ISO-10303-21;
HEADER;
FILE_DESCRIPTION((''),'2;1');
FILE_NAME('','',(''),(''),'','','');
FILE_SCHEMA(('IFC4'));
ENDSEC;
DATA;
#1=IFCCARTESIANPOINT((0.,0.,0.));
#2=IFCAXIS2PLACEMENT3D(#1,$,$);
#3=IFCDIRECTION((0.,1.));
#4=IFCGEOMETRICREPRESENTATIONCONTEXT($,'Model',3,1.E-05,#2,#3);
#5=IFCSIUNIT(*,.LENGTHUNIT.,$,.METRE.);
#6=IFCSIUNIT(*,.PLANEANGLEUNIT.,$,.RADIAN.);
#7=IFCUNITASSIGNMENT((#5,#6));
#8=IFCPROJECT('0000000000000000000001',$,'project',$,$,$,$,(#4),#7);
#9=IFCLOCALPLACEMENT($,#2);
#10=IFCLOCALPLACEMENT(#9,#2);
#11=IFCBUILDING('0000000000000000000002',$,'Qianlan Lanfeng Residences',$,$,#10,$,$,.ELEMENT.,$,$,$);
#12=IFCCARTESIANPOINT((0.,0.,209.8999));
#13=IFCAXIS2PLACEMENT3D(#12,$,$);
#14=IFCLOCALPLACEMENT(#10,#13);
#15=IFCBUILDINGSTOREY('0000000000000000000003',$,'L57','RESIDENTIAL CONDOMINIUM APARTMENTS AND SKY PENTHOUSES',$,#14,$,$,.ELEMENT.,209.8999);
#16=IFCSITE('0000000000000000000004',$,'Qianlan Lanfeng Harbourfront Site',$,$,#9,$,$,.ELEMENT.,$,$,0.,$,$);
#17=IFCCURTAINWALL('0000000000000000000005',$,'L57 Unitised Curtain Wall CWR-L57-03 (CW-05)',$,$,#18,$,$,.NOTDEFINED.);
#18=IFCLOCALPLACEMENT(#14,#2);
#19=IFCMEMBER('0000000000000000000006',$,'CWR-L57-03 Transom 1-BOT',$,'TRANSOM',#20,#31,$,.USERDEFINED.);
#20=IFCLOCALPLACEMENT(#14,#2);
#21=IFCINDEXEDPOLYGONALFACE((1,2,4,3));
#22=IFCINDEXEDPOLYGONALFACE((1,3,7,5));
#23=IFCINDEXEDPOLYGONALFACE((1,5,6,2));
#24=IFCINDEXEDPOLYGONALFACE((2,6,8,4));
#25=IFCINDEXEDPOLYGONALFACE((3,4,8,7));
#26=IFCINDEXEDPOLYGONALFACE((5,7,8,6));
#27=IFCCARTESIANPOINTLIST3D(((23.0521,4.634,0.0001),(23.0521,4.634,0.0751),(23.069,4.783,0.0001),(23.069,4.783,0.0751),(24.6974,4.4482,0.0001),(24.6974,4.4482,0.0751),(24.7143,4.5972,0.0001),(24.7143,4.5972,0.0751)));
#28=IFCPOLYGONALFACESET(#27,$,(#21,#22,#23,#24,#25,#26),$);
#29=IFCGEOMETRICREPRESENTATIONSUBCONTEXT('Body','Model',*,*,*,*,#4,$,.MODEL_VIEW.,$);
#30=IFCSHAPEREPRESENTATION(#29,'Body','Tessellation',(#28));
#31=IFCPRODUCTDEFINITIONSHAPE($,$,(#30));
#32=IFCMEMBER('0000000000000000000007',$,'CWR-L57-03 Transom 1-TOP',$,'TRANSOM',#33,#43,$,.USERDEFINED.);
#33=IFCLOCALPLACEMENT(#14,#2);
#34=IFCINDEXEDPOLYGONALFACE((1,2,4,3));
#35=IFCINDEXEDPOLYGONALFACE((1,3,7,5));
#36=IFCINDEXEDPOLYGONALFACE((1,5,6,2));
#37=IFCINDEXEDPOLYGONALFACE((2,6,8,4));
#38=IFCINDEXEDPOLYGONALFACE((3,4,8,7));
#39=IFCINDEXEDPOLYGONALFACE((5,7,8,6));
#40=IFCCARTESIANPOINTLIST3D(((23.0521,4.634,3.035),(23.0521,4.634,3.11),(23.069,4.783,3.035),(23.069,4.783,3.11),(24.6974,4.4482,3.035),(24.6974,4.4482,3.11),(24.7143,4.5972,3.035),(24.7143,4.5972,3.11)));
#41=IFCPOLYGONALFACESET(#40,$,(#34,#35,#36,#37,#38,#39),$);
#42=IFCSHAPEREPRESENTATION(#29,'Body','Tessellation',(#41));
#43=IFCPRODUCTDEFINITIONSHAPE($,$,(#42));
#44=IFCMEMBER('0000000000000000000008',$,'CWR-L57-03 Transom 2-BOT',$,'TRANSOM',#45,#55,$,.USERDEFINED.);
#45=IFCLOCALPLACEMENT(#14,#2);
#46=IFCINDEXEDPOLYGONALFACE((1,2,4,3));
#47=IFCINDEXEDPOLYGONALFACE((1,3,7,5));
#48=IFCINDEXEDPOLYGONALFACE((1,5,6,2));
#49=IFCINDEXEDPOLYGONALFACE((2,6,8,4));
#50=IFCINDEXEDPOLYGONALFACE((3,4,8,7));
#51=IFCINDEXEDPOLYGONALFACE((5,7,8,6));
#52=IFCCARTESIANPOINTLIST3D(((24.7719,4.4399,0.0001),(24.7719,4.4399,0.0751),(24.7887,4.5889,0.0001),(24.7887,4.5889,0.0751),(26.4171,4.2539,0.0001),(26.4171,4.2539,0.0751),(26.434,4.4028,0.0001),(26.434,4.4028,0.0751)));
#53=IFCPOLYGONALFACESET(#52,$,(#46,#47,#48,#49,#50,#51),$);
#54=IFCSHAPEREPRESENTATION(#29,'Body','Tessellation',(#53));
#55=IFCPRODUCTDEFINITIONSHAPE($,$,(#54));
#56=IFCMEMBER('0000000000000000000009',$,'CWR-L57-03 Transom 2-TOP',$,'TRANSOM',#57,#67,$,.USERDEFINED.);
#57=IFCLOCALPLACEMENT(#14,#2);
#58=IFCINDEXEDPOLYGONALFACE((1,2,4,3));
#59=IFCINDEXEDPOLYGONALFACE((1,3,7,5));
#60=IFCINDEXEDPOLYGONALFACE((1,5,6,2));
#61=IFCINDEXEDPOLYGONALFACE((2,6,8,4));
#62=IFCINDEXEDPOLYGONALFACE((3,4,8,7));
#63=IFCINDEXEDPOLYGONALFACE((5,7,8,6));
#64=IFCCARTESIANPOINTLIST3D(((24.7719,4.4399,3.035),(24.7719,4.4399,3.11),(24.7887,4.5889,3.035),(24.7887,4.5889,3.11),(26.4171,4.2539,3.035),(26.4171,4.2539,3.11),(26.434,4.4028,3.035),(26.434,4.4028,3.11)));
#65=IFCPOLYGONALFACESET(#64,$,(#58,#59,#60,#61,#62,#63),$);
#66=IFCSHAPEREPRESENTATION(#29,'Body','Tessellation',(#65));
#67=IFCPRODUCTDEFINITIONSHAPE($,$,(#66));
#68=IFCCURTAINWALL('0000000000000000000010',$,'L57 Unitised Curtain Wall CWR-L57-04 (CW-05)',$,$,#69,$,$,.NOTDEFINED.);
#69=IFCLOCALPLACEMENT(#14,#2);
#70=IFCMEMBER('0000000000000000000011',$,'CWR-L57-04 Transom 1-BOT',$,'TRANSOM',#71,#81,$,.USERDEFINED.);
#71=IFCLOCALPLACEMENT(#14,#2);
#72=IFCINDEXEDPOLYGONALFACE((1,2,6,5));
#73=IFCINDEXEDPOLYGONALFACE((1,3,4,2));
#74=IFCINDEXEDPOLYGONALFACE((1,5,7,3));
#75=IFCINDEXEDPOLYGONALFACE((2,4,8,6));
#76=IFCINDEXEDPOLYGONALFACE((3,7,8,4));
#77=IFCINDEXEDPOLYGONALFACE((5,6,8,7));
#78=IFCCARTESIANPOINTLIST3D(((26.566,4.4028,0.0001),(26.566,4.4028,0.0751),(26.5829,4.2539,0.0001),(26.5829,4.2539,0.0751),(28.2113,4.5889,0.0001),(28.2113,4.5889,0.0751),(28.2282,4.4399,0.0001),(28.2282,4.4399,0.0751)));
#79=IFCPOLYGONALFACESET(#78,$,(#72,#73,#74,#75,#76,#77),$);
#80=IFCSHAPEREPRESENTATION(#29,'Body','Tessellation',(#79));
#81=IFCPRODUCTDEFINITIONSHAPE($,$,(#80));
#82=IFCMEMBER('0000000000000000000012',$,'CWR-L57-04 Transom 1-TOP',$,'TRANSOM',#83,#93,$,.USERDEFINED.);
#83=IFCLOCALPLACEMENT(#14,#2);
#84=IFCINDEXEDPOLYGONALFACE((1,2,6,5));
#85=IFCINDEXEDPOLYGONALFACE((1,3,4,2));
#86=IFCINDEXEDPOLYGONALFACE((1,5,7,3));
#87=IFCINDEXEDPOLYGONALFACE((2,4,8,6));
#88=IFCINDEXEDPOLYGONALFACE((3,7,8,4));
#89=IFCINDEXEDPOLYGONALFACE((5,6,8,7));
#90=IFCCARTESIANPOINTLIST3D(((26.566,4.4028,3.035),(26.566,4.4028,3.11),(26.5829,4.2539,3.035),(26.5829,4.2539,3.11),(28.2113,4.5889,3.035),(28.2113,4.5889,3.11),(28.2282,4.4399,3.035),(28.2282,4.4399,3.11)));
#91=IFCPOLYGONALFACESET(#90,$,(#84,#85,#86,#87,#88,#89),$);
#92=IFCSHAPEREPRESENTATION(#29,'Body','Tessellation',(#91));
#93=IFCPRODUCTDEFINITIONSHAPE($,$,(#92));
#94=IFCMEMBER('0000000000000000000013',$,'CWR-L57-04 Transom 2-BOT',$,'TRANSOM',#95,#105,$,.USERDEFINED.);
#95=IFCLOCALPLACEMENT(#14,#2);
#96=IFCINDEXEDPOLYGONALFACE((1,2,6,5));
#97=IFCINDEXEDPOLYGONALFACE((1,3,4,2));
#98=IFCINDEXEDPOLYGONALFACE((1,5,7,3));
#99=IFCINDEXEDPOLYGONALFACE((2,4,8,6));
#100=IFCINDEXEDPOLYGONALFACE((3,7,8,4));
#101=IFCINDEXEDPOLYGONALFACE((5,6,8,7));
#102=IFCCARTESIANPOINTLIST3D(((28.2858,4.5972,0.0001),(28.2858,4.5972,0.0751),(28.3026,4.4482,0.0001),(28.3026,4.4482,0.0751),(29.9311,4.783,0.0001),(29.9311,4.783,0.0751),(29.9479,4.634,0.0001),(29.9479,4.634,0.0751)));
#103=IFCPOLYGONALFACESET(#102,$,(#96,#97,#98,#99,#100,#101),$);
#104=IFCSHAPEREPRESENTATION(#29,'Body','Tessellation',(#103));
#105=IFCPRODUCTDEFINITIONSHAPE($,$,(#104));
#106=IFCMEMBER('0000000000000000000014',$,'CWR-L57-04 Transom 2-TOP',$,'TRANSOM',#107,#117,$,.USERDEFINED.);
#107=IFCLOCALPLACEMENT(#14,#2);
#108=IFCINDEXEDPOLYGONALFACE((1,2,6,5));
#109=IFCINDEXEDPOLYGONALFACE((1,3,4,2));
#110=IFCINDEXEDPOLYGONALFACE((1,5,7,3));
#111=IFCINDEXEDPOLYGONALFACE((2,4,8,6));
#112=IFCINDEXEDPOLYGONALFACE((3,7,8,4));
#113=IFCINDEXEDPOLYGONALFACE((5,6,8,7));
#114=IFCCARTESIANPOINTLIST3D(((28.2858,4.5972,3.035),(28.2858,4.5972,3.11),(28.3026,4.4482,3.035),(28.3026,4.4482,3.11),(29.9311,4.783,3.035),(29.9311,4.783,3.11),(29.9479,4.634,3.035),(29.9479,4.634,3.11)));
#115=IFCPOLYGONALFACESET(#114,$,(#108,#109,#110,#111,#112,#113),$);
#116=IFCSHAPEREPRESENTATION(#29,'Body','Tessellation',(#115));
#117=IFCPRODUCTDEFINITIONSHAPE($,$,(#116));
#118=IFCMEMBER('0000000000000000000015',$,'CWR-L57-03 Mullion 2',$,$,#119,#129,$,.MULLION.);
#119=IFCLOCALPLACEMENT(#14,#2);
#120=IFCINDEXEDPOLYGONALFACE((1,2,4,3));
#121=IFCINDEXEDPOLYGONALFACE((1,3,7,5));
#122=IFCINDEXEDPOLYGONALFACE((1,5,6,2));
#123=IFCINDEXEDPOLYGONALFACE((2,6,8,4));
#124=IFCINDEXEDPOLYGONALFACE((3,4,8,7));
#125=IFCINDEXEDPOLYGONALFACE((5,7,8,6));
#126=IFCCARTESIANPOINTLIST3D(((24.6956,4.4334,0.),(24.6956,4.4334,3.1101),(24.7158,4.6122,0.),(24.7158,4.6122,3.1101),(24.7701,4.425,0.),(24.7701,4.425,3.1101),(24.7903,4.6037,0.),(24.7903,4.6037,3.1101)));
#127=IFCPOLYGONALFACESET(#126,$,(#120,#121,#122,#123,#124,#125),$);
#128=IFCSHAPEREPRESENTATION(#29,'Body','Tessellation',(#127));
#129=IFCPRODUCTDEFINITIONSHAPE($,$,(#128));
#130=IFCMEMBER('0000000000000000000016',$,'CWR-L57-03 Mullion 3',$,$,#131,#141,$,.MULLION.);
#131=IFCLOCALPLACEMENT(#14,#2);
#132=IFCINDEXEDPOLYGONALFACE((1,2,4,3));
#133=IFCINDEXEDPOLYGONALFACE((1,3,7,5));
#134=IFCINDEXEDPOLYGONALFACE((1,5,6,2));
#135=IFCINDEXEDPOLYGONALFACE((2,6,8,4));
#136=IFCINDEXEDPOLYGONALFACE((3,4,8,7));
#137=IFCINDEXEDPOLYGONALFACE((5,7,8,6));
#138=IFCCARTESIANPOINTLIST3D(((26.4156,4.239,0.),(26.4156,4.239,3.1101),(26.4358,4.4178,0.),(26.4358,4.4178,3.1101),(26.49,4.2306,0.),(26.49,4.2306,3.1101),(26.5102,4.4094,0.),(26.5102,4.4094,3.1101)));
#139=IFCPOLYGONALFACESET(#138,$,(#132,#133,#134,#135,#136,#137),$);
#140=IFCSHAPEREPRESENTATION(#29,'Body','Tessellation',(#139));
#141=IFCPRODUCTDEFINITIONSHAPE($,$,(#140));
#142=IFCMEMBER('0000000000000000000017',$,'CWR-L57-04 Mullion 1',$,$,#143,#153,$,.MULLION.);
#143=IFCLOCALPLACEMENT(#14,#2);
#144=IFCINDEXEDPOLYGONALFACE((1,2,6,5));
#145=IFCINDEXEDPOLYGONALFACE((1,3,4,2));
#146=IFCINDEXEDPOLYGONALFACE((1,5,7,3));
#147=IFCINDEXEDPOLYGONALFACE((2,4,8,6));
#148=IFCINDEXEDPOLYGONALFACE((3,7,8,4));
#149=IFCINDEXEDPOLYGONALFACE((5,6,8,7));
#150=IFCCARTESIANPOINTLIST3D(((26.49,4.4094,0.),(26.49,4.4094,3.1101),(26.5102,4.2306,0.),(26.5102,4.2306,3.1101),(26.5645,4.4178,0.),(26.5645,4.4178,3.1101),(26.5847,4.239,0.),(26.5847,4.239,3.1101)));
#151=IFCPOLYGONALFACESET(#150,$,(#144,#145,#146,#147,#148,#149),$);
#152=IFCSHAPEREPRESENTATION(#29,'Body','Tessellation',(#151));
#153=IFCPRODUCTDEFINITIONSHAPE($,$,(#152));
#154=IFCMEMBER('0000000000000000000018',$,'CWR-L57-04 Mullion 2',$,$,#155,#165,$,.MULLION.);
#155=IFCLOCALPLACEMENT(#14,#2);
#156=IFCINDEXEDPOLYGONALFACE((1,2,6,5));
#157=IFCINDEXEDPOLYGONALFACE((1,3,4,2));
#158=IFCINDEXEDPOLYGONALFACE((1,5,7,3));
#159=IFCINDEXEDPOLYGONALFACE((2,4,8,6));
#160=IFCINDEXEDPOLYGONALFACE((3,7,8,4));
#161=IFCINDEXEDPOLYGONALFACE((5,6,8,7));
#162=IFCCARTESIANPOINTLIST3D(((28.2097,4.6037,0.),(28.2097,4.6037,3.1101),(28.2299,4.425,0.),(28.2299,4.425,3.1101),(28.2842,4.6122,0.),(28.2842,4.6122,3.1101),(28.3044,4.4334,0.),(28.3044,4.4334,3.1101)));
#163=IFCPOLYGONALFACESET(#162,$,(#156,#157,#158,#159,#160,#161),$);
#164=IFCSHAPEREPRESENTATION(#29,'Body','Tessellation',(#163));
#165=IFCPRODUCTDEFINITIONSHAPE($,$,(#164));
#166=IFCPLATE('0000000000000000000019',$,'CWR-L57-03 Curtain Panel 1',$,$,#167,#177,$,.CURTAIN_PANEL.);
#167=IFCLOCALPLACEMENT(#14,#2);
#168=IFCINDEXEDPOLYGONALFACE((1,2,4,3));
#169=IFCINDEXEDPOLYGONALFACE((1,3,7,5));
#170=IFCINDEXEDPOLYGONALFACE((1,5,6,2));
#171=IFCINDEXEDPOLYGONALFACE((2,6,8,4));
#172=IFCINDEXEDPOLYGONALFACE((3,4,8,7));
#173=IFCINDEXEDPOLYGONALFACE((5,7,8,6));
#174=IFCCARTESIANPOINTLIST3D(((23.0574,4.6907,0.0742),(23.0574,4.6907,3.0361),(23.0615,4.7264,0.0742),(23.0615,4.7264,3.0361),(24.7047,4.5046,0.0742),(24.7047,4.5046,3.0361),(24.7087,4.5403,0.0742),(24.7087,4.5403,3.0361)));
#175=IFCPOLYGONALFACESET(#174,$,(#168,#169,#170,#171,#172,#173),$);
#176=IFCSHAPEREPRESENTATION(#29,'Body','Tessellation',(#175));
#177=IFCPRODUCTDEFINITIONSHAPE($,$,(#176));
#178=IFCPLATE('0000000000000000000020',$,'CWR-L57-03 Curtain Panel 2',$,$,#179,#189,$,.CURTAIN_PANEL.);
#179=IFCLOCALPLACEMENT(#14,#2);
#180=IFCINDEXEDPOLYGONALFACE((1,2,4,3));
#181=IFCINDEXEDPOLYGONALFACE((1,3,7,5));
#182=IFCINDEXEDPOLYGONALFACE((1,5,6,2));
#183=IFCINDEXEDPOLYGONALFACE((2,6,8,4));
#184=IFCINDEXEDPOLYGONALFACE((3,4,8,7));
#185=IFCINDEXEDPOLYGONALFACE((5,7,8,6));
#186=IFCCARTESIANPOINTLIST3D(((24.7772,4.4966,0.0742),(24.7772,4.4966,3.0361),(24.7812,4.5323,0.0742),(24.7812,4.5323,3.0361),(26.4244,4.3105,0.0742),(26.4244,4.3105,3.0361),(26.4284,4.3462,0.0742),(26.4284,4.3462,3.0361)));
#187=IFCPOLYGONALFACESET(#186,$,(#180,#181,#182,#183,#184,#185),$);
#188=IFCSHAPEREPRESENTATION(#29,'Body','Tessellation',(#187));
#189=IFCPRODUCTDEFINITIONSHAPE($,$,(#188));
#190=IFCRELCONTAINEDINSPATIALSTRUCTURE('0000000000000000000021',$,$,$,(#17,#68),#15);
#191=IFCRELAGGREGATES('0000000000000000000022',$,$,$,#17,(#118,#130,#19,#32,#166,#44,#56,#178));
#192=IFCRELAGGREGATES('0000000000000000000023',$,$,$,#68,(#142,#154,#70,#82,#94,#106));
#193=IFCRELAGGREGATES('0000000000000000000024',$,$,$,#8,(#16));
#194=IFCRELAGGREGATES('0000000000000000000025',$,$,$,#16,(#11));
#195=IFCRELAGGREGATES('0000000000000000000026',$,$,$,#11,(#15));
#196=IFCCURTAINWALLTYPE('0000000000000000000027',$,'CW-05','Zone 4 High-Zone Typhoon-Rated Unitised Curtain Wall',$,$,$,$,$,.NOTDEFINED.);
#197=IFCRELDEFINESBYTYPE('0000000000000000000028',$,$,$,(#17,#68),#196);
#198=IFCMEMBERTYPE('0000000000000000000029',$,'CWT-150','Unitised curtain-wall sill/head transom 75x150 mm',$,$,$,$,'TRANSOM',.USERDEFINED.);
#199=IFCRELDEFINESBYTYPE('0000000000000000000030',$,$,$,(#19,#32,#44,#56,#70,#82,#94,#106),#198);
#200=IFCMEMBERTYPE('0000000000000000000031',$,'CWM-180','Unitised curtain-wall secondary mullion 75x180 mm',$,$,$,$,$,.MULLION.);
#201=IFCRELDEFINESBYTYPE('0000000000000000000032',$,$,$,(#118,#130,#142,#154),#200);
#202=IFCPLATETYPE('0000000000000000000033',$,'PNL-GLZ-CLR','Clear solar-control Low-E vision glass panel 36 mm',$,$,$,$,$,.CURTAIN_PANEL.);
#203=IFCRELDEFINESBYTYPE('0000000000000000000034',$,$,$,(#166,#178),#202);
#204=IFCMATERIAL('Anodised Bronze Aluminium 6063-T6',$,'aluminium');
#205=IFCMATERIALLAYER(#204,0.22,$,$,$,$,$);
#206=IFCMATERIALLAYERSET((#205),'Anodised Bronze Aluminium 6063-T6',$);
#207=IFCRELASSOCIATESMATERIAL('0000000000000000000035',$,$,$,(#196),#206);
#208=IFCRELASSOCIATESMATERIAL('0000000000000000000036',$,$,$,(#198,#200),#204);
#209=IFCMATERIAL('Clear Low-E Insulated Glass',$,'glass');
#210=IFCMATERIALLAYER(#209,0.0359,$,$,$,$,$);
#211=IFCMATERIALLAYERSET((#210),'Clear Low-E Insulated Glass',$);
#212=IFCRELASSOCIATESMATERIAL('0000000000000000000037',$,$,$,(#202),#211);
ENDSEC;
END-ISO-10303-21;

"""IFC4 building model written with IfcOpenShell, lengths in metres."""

from ifc_helpers import new_model, si_unit, direction, frame, origin, origin_2d, place, context, subcontext, project, spatial, rectangle, extrude, source, transform, mapped, material, layer, layer_set, material_profile, profile_set, type_object, element, aggregate, save


model = new_model("IFC4")

# Units and contexts
model_context = context("Model", 3, precision=1e-05, world=origin(), true_north=direction((0.0, 1.0)))
body_context = subcontext(model_context, "Body", "Model", "MODEL_VIEW")
ifc_project = project(units=[si_unit("LENGTHUNIT", "METRE"), si_unit("PLANEANGLEUNIT", "RADIAN")], contexts=[model_context])

# Site, building, storey
site_placement = place(None, origin())
site = spatial("IfcSite", under=ifc_project, at=site_placement, Name="Qianlan Lanfeng Harbourfront Site", CompositionType="ELEMENT", RefElevation=0.0)
building_placement = place(site_placement, origin())
building = spatial("IfcBuilding", under=site, at=building_placement, Name="Qianlan Lanfeng Residences", CompositionType="ELEMENT")
storey_placement = place(building_placement, frame((0.0, 0.0, 209.8999)))
storey = spatial("IfcBuildingStorey", under=building, at=storey_placement, Name="L57", Description="RESIDENTIAL CONDOMINIUM APARTMENTS AND SKY PENTHOUSES", CompositionType="ELEMENT", Elevation=209.8999)

# Curtain walls, members
ifc_material_1 = material(Name="Anodised Bronze Aluminium 6063-T6", Category="aluminium")
ifc_layer_1 = layer(ifc_material_1, 0.22)
ifc_layer_set_1 = layer_set([ifc_layer_1], Name="Anodised Bronze Aluminium 6063-T6")
curtain_wall_type = type_object("IfcCurtainWallType", Name="CW-05", Description="Zone 4 High-Zone Typhoon-Rated Unitised Curtain Wall", PredefinedType="NOTDEFINED", material=ifc_layer_set_1)
curtain_wall_1_placement = place(storey_placement, origin())
curtain_wall_1 = element("IfcCurtainWall", 1, at=curtain_wall_1_placement, inside=storey, type_object=curtain_wall_type, Name="L57 Unitised Curtain Wall CWR-L57-03 (CW-05)", PredefinedType="NOTDEFINED")
ifc_material_profile_1 = material_profile(ifc_material_1, rectangle(XDim=0.075, YDim=0.1499, at=origin_2d()), Name="ALU TRANSOM 75x150")
ifc_profile_set_1 = profile_set([ifc_material_profile_1], Name="Anodised Bronze Aluminium 6063-T6")
member_type_1 = type_object("IfcMemberType", Name="CWT-150", Description="Unitised curtain-wall sill/head transom 75x150 mm", ElementType="TRANSOM", PredefinedType="USERDEFINED", material=ifc_profile_set_1)
shared_shape_1 = source(origin(), body_context, "Body", "SweptSolid", [
    extrude(rectangle(XDim=0.075, YDim=0.1499, at=origin_2d()), origin(), (0.0, 0.0, 1.0), 1.6558),
])
member_1_placement = place(storey_placement, frame((23.0605, 4.7085, 0.0376), z_axis=(0.993684, -0.112212, 0.0), x_axis=(0.0, 0.0, 1.0)))
member_1 = element("IfcMember", 2, at=member_1_placement, type_object=member_type_1, Name="CWR-L57-03 Transom 1-BOT", ObjectType="TRANSOM", PredefinedType="USERDEFINED", context=body_context, shape_type="MappedRepresentation", body=[
    mapped(shared_shape_1, transform((0.0, 0.0, 0.0), scale=1.0)),
])
member_2_placement = place(storey_placement, frame((23.0605, 4.7085, 3.0725), z_axis=(0.993684, -0.112212, 0.0), x_axis=(0.0, 0.0, 1.0)))
member_2 = element("IfcMember", 3, at=member_2_placement, type_object=member_type_1, Name="CWR-L57-03 Transom 1-TOP", ObjectType="TRANSOM", PredefinedType="USERDEFINED", context=body_context, shape_type="MappedRepresentation", body=[
    mapped(shared_shape_1, transform((0.0, 0.0, 0.0), scale=1.0)),
])
member_3_placement = place(storey_placement, frame((24.7803, 4.5144, 0.0376), z_axis=(0.993668, -0.112357, 0.0), x_axis=(0.0, 0.0, 1.0)))
member_3 = element("IfcMember", 4, at=member_3_placement, type_object=member_type_1, Name="CWR-L57-03 Transom 2-BOT", ObjectType="TRANSOM", PredefinedType="USERDEFINED", context=body_context, shape_type="MappedRepresentation", body=[
    mapped(shared_shape_1, transform((0.0, 0.0, 0.0), scale=1.0)),
])
member_4_placement = place(storey_placement, frame((24.7803, 4.5144, 3.0725), z_axis=(0.993668, -0.112357, 0.0), x_axis=(0.0, 0.0, 1.0)))
member_4 = element("IfcMember", 5, at=member_4_placement, type_object=member_type_1, Name="CWR-L57-03 Transom 2-TOP", ObjectType="TRANSOM", PredefinedType="USERDEFINED", context=body_context, shape_type="MappedRepresentation", body=[
    mapped(shared_shape_1, transform((0.0, 0.0, 0.0), scale=1.0)),
])
curtain_wall_2_placement = place(storey_placement, origin())
curtain_wall_2 = element("IfcCurtainWall", 6, at=curtain_wall_2_placement, inside=storey, type_object=curtain_wall_type, Name="L57 Unitised Curtain Wall CWR-L57-04 (CW-05)", PredefinedType="NOTDEFINED")
member_5_placement = place(storey_placement, frame((26.5745, 4.3284, 0.0376), z_axis=(0.993668, 0.112357, 0.0), x_axis=(0.0, 0.0, 1.0)))
member_5 = element("IfcMember", 7, at=member_5_placement, type_object=member_type_1, Name="CWR-L57-04 Transom 1-BOT", ObjectType="TRANSOM", PredefinedType="USERDEFINED", context=body_context, shape_type="MappedRepresentation", body=[
    mapped(shared_shape_1, transform((0.0, 0.0, 0.0), scale=1.0)),
])
member_6_placement = place(storey_placement, frame((26.5745, 4.3284, 3.0725), z_axis=(0.993668, 0.112357, 0.0), x_axis=(0.0, 0.0, 1.0)))
member_6 = element("IfcMember", 8, at=member_6_placement, type_object=member_type_1, Name="CWR-L57-04 Transom 1-TOP", ObjectType="TRANSOM", PredefinedType="USERDEFINED", context=body_context, shape_type="MappedRepresentation", body=[
    mapped(shared_shape_1, transform((0.0, 0.0, 0.0), scale=1.0)),
])
member_7_placement = place(storey_placement, frame((28.2942, 4.5227, 0.0376), z_axis=(0.993684, 0.112212, 0.0), x_axis=(0.0, 0.0, 1.0)))
member_7 = element("IfcMember", 9, at=member_7_placement, type_object=member_type_1, Name="CWR-L57-04 Transom 2-BOT", ObjectType="TRANSOM", PredefinedType="USERDEFINED", context=body_context, shape_type="MappedRepresentation", body=[
    mapped(shared_shape_1, transform((0.0, 0.0, 0.0), scale=1.0)),
])
member_8_placement = place(storey_placement, frame((28.2942, 4.5227, 3.0725), z_axis=(0.993684, 0.112212, 0.0), x_axis=(0.0, 0.0, 1.0)))
member_8 = element("IfcMember", 10, at=member_8_placement, type_object=member_type_1, Name="CWR-L57-04 Transom 2-TOP", ObjectType="TRANSOM", PredefinedType="USERDEFINED", context=body_context, shape_type="MappedRepresentation", body=[
    mapped(shared_shape_1, transform((0.0, 0.0, 0.0), scale=1.0)),
])

# Members
ifc_material_profile_2 = material_profile(ifc_material_1, rectangle(XDim=0.075, YDim=0.1799, at=origin_2d()), Name="ALU MULLION 75x180")
ifc_profile_set_2 = profile_set([ifc_material_profile_2], Name="Anodised Bronze Aluminium 6063-T6")
member_type_2 = type_object("IfcMemberType", Name="CWM-180", Description="Unitised curtain-wall secondary mullion 75x180 mm", PredefinedType="MULLION", material=ifc_profile_set_2)
shared_shape_2 = source(origin(), body_context, "Body", "SweptSolid", [
    extrude(rectangle(XDim=0.075, YDim=0.1799, at=origin_2d()), origin(), (0.0, 0.0, 1.0), 3.1101),
])
member_9_placement = place(storey_placement, frame((24.7429, 4.5186, 0.0), z_axis=(0.0, 0.0, 1.0), x_axis=(0.993678, -0.112263, 0.0)))
member_9 = element("IfcMember", 11, at=member_9_placement, type_object=member_type_2, Name="CWR-L57-03 Mullion 2", PredefinedType="MULLION", context=body_context, shape_type="MappedRepresentation", body=[
    mapped(shared_shape_2, transform((0.0, 0.0, 0.0), scale=1.0)),
])
member_10_placement = place(storey_placement, frame((26.4629, 4.3242, 0.0), z_axis=(0.0, 0.0, 1.0), x_axis=(0.993678, -0.112263, 0.0)))
member_10 = element("IfcMember", 12, at=member_10_placement, type_object=member_type_2, Name="CWR-L57-03 Mullion 3", PredefinedType="MULLION", context=body_context, shape_type="MappedRepresentation", body=[
    mapped(shared_shape_2, transform((0.0, 0.0, 0.0), scale=1.0)),
])
member_11_placement = place(storey_placement, frame((26.5374, 4.3242, 0.0), z_axis=(0.0, 0.0, 1.0), x_axis=(0.993678, 0.112263, 0.0)))
member_11 = element("IfcMember", 13, at=member_11_placement, type_object=member_type_2, Name="CWR-L57-04 Mullion 1", PredefinedType="MULLION", context=body_context, shape_type="MappedRepresentation", body=[
    mapped(shared_shape_2, transform((0.0, 0.0, 0.0), scale=1.0)),
])
member_12_placement = place(storey_placement, frame((28.2571, 4.5186, 0.0), z_axis=(0.0, 0.0, 1.0), x_axis=(0.993678, 0.112263, 0.0)))
member_12 = element("IfcMember", 14, at=member_12_placement, type_object=member_type_2, Name="CWR-L57-04 Mullion 2", PredefinedType="MULLION", context=body_context, shape_type="MappedRepresentation", body=[
    mapped(shared_shape_2, transform((0.0, 0.0, 0.0), scale=1.0)),
])

# Plates
ifc_material_2 = material(Name="Clear Low-E Insulated Glass", Category="glass")
ifc_layer_2 = layer(ifc_material_2, 0.0359)
ifc_layer_set_2 = layer_set([ifc_layer_2], Name="Clear Low-E Insulated Glass")
plate_type_1 = type_object("IfcPlateType", Name="PNL-GLZ-CLR", Description="Clear solar-control Low-E vision glass panel 36 mm", PredefinedType="CURTAIN_PANEL", material=ifc_layer_set_2)
shared_shape_3 = source(origin(), body_context, "Body", "SweptSolid", [
    extrude(rectangle(XDim=1.6577, YDim=0.0359, at=origin_2d()), origin(), (0.0, 0.0, 1.0), 2.9619),
])
plate_1_placement = place(storey_placement, frame((23.8831, 4.6155, 0.0742), z_axis=(0.0, 0.0, 1.0), x_axis=(0.993678, -0.112263, 0.0)))
plate_1 = element("IfcPlate", 15, at=plate_1_placement, type_object=plate_type_1, Name="CWR-L57-03 Curtain Panel 1", PredefinedType="CURTAIN_PANEL", context=body_context, shape_type="MappedRepresentation", body=[
    mapped(shared_shape_3, transform((0.0, 0.0, 0.0), scale=1.0)),
])
plate_2_placement = place(storey_placement, frame((25.6028, 4.4214, 0.0742), z_axis=(0.0, 0.0, 1.0), x_axis=(0.993678, -0.112263, 0.0)))
plate_2 = element("IfcPlate", 16, at=plate_2_placement, type_object=plate_type_1, Name="CWR-L57-03 Curtain Panel 2", PredefinedType="CURTAIN_PANEL", context=body_context, shape_type="MappedRepresentation", body=[
    mapped(shared_shape_3, transform((0.0, 0.0, 0.0), scale=1.0)),
])
aggregate(curtain_wall_1, [member_9, member_10, member_1, member_2, plate_1, member_3, member_4, plate_2])
aggregate(curtain_wall_2, [member_11, member_12, member_5, member_6, member_7, member_8])

save(model, "model.ifc")
